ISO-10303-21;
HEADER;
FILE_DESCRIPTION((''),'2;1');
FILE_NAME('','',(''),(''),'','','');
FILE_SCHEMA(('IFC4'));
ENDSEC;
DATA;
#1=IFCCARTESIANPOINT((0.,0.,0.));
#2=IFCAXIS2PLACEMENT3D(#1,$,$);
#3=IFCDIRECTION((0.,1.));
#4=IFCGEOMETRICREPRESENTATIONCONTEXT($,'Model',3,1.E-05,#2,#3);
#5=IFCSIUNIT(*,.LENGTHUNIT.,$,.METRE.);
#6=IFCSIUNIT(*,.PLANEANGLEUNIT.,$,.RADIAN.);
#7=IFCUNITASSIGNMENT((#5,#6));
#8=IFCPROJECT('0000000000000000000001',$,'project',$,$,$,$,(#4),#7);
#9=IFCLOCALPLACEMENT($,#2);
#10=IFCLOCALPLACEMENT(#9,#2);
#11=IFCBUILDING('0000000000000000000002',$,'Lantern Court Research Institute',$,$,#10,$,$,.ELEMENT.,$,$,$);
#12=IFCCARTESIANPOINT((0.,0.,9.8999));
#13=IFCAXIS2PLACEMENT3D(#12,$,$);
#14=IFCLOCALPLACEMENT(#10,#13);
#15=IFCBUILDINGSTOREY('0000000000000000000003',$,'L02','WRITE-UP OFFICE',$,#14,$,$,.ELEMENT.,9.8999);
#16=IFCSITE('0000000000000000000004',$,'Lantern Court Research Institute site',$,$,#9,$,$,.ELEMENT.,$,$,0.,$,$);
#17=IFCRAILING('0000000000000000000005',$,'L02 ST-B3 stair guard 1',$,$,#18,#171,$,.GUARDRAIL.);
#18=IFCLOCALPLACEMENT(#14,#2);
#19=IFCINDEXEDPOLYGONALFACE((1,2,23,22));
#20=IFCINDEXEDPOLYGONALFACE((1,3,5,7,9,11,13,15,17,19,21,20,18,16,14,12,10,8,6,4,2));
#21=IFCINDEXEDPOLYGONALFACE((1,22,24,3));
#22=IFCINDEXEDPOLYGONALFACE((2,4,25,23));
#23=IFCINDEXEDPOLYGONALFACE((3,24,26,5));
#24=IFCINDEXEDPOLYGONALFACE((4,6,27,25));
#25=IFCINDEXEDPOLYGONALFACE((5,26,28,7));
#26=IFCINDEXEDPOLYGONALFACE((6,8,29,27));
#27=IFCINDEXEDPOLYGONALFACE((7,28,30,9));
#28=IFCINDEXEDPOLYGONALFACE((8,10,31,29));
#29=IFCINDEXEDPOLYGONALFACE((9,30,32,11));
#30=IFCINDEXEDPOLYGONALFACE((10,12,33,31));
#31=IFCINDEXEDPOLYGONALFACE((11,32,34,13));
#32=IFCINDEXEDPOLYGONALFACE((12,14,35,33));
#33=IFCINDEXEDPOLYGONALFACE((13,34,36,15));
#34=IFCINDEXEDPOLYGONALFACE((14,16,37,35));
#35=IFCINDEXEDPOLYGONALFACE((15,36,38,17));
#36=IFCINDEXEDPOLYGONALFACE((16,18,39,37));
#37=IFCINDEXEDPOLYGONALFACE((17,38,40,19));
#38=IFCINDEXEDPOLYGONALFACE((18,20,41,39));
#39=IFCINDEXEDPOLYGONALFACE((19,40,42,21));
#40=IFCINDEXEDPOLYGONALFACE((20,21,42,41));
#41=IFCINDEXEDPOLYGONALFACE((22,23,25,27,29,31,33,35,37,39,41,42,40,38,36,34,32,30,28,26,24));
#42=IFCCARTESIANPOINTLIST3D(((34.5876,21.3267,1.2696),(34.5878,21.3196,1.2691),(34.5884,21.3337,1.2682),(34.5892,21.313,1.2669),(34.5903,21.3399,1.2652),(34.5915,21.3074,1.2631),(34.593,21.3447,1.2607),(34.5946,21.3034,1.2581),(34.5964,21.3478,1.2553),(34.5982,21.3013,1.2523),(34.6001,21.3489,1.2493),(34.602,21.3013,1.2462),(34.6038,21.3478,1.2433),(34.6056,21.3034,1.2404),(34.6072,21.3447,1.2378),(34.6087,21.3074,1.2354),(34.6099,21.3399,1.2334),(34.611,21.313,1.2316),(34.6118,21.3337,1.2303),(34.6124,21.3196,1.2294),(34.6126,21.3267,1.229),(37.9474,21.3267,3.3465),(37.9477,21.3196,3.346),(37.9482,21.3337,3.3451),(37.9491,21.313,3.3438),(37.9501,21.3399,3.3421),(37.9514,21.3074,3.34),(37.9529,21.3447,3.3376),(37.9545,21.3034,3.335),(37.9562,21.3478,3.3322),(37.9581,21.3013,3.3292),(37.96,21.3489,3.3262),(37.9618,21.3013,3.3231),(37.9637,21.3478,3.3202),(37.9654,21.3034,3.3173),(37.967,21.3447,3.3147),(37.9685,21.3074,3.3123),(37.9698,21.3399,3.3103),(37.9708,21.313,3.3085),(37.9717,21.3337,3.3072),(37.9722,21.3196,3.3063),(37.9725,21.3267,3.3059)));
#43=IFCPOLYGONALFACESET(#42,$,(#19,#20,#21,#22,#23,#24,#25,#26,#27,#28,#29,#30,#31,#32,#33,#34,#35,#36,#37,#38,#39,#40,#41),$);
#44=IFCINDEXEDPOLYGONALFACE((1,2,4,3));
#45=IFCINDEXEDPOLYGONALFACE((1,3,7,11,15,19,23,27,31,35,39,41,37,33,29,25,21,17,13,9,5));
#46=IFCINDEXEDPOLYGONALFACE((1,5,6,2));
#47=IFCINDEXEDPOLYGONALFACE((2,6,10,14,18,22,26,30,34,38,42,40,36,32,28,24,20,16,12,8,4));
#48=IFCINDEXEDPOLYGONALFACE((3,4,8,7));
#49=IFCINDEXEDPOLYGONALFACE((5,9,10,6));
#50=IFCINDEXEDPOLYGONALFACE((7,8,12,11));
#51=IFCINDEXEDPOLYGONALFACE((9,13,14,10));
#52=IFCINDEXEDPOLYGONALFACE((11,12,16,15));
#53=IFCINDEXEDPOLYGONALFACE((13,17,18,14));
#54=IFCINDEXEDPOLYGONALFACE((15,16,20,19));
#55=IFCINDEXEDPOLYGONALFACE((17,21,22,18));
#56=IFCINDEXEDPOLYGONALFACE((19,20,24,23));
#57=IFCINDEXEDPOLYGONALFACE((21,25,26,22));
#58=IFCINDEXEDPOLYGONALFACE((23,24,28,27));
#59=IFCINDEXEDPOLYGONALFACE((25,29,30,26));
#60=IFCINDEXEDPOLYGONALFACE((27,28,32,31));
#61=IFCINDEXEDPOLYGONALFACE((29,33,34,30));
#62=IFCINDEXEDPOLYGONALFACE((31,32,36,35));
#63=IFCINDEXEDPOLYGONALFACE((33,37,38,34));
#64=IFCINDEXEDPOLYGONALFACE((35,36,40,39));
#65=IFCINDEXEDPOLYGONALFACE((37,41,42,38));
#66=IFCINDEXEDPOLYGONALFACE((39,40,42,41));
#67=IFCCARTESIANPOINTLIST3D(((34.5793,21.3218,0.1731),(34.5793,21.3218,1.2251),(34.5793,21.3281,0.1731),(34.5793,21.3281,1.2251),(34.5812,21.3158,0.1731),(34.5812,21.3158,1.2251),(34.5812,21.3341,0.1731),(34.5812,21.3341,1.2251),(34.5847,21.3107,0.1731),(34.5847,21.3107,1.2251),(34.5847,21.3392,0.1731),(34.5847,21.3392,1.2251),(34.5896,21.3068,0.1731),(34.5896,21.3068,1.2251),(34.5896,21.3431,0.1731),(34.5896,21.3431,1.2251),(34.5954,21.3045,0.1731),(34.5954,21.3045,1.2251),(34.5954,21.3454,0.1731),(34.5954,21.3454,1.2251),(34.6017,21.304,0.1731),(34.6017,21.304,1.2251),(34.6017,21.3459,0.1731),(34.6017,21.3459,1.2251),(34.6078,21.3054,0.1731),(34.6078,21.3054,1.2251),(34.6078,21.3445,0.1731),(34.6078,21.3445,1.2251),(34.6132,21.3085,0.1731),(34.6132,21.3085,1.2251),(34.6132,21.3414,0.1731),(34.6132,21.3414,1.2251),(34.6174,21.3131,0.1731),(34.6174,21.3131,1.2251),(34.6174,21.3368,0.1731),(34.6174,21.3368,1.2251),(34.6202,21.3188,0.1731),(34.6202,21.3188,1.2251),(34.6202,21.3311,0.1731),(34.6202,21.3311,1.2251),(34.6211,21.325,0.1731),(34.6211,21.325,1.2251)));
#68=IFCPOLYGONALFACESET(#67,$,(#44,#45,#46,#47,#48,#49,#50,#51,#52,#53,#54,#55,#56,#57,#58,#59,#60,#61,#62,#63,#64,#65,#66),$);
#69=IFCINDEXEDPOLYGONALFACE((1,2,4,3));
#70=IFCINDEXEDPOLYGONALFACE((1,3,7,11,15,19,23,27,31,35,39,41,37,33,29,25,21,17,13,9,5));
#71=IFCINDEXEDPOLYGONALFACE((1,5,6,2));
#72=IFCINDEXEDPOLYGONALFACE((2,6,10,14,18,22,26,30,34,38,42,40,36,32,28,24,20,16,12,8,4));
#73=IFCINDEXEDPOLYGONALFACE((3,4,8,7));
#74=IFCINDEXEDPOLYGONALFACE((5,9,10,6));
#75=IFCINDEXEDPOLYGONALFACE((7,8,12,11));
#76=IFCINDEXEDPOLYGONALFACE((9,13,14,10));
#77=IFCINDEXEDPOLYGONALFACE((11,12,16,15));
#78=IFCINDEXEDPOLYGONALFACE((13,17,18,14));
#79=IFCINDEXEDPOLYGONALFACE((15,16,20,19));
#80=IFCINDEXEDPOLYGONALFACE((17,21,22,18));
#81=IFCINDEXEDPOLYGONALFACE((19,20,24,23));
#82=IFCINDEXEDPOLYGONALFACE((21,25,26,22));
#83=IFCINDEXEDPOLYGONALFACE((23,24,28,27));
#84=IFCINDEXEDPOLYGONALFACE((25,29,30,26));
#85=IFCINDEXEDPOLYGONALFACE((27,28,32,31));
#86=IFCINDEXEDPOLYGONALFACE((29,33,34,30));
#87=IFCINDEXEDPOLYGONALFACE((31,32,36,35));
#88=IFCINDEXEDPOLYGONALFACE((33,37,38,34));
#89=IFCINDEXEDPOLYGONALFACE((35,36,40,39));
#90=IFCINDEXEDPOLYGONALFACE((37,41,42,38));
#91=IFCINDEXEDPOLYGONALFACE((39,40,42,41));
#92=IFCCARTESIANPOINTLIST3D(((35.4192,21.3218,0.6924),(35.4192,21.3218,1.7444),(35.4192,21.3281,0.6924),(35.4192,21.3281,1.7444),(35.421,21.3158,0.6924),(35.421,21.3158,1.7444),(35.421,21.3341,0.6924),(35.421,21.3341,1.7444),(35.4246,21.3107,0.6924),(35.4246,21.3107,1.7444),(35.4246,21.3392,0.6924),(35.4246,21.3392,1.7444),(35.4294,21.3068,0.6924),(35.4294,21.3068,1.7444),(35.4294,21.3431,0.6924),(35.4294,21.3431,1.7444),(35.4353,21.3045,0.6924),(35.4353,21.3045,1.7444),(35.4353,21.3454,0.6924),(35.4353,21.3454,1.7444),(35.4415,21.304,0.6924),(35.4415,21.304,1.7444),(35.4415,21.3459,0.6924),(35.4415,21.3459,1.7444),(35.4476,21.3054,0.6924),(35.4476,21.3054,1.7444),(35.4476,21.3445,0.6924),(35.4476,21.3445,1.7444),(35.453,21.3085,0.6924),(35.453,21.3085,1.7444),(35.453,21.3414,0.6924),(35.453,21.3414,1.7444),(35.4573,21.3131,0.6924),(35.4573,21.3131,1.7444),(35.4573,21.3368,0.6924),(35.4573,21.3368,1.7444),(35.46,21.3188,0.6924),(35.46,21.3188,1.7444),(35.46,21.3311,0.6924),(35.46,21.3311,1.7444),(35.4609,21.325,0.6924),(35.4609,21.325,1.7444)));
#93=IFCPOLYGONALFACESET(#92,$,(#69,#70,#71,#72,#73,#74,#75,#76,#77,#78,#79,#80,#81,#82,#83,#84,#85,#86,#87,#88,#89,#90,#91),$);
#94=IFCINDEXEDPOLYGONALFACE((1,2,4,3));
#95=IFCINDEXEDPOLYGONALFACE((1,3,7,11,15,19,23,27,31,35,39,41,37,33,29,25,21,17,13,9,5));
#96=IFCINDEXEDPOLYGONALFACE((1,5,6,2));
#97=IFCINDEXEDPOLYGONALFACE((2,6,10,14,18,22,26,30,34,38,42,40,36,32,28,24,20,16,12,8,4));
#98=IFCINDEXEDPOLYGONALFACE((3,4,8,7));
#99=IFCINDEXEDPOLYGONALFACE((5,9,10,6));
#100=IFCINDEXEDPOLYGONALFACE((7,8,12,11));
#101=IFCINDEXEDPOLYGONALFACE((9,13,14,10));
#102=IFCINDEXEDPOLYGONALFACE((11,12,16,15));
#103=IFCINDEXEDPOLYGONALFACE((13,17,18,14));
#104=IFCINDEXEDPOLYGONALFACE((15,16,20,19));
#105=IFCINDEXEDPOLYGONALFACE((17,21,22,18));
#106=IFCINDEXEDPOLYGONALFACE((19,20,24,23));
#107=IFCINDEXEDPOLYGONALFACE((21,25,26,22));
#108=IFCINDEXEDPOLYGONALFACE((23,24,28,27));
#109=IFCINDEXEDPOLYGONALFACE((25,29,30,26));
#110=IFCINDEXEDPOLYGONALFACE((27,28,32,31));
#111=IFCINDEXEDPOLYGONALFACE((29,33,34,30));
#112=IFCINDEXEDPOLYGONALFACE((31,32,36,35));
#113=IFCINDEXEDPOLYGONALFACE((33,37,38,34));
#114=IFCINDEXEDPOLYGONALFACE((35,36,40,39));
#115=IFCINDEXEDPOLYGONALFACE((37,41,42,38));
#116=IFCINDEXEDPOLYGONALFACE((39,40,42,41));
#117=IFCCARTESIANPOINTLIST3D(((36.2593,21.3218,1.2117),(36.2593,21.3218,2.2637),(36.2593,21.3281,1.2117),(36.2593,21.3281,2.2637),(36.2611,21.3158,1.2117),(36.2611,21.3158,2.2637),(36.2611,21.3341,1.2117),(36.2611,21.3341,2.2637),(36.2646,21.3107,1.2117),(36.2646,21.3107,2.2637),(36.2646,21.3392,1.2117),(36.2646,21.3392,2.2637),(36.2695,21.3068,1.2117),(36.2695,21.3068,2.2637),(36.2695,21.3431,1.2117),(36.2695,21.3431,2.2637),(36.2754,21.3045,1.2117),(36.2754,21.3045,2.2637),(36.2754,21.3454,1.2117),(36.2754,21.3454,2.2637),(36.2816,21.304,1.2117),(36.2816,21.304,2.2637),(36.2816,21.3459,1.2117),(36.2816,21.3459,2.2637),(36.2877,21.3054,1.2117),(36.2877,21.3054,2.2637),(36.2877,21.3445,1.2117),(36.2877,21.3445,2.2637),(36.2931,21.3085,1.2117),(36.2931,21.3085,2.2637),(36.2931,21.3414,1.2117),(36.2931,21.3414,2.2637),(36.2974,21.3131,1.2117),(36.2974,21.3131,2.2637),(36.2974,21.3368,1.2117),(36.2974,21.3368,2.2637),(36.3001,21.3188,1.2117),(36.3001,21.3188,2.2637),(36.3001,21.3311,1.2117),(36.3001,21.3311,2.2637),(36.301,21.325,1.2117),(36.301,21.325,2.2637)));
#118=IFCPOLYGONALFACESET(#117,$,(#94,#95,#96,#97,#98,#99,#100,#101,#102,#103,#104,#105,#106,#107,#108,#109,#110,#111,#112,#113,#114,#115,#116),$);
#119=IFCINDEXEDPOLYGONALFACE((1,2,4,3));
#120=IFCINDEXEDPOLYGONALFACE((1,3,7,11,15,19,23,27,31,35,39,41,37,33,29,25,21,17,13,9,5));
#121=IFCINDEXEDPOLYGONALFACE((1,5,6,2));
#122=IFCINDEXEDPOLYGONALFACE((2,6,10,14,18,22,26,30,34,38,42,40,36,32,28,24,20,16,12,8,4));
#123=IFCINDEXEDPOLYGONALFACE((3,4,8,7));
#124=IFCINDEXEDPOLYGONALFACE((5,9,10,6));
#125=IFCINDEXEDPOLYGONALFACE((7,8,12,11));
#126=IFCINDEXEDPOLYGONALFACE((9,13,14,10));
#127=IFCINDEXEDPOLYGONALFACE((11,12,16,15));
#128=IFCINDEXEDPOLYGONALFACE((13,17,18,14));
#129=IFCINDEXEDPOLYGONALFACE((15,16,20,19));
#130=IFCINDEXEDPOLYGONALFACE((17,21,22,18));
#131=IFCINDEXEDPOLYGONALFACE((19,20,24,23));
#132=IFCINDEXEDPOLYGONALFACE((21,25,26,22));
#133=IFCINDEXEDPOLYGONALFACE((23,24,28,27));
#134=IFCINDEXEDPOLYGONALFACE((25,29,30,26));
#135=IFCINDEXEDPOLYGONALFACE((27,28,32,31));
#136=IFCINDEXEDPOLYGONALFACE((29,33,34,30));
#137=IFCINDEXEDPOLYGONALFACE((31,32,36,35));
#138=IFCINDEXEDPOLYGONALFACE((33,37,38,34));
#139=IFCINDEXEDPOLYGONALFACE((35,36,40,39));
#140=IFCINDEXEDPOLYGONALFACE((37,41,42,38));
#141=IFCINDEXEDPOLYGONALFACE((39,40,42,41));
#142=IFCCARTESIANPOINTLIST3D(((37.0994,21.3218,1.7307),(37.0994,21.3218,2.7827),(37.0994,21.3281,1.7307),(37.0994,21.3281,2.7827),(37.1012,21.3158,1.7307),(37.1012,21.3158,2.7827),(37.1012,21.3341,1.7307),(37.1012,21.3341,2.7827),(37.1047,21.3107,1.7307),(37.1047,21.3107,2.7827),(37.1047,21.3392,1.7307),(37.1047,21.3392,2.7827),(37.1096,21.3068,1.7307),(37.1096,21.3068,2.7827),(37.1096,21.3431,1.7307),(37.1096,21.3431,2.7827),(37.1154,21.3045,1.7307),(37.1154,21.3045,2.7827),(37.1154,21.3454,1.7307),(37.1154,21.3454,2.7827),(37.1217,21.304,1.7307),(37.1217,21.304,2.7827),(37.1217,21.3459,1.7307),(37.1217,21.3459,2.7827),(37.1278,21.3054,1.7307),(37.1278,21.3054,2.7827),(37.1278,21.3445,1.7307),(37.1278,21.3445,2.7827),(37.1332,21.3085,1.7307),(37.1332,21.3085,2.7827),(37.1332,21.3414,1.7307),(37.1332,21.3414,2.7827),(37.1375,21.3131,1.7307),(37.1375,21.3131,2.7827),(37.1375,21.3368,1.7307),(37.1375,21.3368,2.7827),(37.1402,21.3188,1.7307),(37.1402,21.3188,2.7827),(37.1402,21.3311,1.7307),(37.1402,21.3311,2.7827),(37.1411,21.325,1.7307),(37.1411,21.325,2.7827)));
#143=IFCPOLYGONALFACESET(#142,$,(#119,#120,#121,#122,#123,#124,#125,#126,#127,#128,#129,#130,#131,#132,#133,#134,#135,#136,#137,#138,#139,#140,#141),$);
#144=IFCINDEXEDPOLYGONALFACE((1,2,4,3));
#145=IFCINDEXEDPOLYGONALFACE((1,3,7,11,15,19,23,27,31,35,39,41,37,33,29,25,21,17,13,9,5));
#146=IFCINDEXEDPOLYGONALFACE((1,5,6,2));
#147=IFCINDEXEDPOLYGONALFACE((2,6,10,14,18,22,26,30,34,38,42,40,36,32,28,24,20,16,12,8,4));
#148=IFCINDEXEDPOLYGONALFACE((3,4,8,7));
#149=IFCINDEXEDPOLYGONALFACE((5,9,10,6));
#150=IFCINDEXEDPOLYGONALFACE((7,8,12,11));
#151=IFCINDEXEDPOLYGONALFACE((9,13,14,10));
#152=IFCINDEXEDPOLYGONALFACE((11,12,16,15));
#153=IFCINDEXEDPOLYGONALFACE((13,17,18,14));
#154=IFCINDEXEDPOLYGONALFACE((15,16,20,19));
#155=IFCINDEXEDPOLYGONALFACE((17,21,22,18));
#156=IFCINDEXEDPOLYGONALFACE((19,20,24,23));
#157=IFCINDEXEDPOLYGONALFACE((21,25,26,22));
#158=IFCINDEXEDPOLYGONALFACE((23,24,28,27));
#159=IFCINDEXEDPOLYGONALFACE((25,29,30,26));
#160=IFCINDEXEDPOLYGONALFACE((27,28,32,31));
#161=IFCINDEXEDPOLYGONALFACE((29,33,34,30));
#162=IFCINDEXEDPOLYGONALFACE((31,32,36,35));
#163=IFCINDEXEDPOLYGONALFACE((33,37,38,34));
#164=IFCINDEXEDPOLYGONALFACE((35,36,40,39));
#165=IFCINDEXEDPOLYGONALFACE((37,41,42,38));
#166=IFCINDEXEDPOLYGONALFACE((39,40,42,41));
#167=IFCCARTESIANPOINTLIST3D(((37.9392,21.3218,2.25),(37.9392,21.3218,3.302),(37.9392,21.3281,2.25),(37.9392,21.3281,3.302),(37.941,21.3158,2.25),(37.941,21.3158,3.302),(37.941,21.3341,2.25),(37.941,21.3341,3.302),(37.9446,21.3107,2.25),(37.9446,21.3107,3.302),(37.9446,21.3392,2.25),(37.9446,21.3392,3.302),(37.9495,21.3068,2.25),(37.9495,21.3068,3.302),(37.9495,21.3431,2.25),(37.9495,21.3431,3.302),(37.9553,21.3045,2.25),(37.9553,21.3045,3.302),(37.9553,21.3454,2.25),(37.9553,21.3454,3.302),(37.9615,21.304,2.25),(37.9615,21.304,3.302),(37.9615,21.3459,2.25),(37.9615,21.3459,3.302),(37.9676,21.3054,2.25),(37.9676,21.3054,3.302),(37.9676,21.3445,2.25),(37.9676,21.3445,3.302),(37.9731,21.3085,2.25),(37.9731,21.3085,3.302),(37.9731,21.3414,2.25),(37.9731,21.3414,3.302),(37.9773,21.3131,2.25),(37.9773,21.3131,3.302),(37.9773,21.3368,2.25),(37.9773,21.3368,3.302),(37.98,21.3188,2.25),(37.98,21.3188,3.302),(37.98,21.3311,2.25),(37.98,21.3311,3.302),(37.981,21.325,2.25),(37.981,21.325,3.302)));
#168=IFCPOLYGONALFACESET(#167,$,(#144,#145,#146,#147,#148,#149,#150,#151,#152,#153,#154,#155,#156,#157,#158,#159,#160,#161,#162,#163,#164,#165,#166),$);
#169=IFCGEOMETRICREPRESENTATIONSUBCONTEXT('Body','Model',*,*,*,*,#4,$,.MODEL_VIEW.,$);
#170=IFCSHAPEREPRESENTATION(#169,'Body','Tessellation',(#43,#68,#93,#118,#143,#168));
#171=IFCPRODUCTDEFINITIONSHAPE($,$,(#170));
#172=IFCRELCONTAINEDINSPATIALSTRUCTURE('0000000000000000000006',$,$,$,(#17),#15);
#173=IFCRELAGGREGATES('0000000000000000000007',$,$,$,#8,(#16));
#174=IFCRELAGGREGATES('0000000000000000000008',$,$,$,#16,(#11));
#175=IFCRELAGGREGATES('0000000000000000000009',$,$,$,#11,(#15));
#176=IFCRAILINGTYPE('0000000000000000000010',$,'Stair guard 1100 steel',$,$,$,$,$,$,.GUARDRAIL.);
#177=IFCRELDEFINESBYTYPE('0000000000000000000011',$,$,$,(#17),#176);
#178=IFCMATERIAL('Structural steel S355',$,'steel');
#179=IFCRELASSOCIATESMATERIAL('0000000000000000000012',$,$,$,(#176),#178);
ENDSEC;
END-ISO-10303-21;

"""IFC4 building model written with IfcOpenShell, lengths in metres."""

from ifc_helpers import new_model, si_unit, direction, frame, origin, origin_2d, place, context, subcontext, project, spatial, circle, extrude, material, type_object, element, save


model = new_model("IFC4")

# Units and contexts
model_context = context("Model", 3, precision=1e-05, world=origin(), true_north=direction((0.0, 1.0)))
body_context = subcontext(model_context, "Body", "Model", "MODEL_VIEW")
ifc_project = project(units=[si_unit("LENGTHUNIT", "METRE"), si_unit("PLANEANGLEUNIT", "RADIAN")], contexts=[model_context])

# Site, building, storey
site_placement = place(None, origin())
site = spatial("IfcSite", under=ifc_project, at=site_placement, Name="Lantern Court Research Institute site", CompositionType="ELEMENT", RefElevation=0.0)
building_placement = place(site_placement, origin())
building = spatial("IfcBuilding", under=site, at=building_placement, Name="Lantern Court Research Institute", CompositionType="ELEMENT")
storey_placement = place(building_placement, frame((0.0, 0.0, 9.8999)))
storey = spatial("IfcBuildingStorey", under=building, at=storey_placement, Name="L02", Description="WRITE-UP OFFICE", CompositionType="ELEMENT", Elevation=9.8999)

# Railing
ifc_material_1 = material(Name="Structural steel S355", Category="steel")
railing_type_1 = type_object("IfcRailingType", Name="Stair guard 1100 steel", PredefinedType="GUARDRAIL", material=ifc_material_1)
railing_1_placement = place(storey_placement, frame((34.6001, 21.325, 0.1731)))
element("IfcRailing", 1, at=railing_1_placement, inside=storey, type_object=railing_type_1, Name="L02 ST-B3 stair guard 1", PredefinedType="GUARDRAIL", context=body_context, shape_type="SweptSolid", body=[
    extrude(circle(Radius=0.0239, at=origin_2d()), frame((0.0, 0.0, 1.0762), z_axis=(0.850606, 0.0, 0.525803), x_axis=(0.0, 1.0, 0.0)), (0.0, 0.0, 1.0), 3.95),
    extrude(circle(Radius=0.021, at=origin_2d()), origin(), (0.0, 0.0, 1.0), 1.052),
    extrude(circle(Radius=0.021, at=origin_2d()), frame((0.8398, 0.0, 0.5193)), (0.0, 0.0, 1.0), 1.052),
    extrude(circle(Radius=0.021, at=origin_2d()), frame((1.6799, 0.0, 1.0386)), (0.0, 0.0, 1.0), 1.052),
    extrude(circle(Radius=0.021, at=origin_2d()), frame((2.52, 0.0, 1.5576)), (0.0, 0.0, 1.0), 1.052),
    extrude(circle(Radius=0.021, at=origin_2d()), frame((3.3599, 0.0, 2.0769)), (0.0, 0.0, 1.0), 1.052),
])

save(model, "model.ifc")
